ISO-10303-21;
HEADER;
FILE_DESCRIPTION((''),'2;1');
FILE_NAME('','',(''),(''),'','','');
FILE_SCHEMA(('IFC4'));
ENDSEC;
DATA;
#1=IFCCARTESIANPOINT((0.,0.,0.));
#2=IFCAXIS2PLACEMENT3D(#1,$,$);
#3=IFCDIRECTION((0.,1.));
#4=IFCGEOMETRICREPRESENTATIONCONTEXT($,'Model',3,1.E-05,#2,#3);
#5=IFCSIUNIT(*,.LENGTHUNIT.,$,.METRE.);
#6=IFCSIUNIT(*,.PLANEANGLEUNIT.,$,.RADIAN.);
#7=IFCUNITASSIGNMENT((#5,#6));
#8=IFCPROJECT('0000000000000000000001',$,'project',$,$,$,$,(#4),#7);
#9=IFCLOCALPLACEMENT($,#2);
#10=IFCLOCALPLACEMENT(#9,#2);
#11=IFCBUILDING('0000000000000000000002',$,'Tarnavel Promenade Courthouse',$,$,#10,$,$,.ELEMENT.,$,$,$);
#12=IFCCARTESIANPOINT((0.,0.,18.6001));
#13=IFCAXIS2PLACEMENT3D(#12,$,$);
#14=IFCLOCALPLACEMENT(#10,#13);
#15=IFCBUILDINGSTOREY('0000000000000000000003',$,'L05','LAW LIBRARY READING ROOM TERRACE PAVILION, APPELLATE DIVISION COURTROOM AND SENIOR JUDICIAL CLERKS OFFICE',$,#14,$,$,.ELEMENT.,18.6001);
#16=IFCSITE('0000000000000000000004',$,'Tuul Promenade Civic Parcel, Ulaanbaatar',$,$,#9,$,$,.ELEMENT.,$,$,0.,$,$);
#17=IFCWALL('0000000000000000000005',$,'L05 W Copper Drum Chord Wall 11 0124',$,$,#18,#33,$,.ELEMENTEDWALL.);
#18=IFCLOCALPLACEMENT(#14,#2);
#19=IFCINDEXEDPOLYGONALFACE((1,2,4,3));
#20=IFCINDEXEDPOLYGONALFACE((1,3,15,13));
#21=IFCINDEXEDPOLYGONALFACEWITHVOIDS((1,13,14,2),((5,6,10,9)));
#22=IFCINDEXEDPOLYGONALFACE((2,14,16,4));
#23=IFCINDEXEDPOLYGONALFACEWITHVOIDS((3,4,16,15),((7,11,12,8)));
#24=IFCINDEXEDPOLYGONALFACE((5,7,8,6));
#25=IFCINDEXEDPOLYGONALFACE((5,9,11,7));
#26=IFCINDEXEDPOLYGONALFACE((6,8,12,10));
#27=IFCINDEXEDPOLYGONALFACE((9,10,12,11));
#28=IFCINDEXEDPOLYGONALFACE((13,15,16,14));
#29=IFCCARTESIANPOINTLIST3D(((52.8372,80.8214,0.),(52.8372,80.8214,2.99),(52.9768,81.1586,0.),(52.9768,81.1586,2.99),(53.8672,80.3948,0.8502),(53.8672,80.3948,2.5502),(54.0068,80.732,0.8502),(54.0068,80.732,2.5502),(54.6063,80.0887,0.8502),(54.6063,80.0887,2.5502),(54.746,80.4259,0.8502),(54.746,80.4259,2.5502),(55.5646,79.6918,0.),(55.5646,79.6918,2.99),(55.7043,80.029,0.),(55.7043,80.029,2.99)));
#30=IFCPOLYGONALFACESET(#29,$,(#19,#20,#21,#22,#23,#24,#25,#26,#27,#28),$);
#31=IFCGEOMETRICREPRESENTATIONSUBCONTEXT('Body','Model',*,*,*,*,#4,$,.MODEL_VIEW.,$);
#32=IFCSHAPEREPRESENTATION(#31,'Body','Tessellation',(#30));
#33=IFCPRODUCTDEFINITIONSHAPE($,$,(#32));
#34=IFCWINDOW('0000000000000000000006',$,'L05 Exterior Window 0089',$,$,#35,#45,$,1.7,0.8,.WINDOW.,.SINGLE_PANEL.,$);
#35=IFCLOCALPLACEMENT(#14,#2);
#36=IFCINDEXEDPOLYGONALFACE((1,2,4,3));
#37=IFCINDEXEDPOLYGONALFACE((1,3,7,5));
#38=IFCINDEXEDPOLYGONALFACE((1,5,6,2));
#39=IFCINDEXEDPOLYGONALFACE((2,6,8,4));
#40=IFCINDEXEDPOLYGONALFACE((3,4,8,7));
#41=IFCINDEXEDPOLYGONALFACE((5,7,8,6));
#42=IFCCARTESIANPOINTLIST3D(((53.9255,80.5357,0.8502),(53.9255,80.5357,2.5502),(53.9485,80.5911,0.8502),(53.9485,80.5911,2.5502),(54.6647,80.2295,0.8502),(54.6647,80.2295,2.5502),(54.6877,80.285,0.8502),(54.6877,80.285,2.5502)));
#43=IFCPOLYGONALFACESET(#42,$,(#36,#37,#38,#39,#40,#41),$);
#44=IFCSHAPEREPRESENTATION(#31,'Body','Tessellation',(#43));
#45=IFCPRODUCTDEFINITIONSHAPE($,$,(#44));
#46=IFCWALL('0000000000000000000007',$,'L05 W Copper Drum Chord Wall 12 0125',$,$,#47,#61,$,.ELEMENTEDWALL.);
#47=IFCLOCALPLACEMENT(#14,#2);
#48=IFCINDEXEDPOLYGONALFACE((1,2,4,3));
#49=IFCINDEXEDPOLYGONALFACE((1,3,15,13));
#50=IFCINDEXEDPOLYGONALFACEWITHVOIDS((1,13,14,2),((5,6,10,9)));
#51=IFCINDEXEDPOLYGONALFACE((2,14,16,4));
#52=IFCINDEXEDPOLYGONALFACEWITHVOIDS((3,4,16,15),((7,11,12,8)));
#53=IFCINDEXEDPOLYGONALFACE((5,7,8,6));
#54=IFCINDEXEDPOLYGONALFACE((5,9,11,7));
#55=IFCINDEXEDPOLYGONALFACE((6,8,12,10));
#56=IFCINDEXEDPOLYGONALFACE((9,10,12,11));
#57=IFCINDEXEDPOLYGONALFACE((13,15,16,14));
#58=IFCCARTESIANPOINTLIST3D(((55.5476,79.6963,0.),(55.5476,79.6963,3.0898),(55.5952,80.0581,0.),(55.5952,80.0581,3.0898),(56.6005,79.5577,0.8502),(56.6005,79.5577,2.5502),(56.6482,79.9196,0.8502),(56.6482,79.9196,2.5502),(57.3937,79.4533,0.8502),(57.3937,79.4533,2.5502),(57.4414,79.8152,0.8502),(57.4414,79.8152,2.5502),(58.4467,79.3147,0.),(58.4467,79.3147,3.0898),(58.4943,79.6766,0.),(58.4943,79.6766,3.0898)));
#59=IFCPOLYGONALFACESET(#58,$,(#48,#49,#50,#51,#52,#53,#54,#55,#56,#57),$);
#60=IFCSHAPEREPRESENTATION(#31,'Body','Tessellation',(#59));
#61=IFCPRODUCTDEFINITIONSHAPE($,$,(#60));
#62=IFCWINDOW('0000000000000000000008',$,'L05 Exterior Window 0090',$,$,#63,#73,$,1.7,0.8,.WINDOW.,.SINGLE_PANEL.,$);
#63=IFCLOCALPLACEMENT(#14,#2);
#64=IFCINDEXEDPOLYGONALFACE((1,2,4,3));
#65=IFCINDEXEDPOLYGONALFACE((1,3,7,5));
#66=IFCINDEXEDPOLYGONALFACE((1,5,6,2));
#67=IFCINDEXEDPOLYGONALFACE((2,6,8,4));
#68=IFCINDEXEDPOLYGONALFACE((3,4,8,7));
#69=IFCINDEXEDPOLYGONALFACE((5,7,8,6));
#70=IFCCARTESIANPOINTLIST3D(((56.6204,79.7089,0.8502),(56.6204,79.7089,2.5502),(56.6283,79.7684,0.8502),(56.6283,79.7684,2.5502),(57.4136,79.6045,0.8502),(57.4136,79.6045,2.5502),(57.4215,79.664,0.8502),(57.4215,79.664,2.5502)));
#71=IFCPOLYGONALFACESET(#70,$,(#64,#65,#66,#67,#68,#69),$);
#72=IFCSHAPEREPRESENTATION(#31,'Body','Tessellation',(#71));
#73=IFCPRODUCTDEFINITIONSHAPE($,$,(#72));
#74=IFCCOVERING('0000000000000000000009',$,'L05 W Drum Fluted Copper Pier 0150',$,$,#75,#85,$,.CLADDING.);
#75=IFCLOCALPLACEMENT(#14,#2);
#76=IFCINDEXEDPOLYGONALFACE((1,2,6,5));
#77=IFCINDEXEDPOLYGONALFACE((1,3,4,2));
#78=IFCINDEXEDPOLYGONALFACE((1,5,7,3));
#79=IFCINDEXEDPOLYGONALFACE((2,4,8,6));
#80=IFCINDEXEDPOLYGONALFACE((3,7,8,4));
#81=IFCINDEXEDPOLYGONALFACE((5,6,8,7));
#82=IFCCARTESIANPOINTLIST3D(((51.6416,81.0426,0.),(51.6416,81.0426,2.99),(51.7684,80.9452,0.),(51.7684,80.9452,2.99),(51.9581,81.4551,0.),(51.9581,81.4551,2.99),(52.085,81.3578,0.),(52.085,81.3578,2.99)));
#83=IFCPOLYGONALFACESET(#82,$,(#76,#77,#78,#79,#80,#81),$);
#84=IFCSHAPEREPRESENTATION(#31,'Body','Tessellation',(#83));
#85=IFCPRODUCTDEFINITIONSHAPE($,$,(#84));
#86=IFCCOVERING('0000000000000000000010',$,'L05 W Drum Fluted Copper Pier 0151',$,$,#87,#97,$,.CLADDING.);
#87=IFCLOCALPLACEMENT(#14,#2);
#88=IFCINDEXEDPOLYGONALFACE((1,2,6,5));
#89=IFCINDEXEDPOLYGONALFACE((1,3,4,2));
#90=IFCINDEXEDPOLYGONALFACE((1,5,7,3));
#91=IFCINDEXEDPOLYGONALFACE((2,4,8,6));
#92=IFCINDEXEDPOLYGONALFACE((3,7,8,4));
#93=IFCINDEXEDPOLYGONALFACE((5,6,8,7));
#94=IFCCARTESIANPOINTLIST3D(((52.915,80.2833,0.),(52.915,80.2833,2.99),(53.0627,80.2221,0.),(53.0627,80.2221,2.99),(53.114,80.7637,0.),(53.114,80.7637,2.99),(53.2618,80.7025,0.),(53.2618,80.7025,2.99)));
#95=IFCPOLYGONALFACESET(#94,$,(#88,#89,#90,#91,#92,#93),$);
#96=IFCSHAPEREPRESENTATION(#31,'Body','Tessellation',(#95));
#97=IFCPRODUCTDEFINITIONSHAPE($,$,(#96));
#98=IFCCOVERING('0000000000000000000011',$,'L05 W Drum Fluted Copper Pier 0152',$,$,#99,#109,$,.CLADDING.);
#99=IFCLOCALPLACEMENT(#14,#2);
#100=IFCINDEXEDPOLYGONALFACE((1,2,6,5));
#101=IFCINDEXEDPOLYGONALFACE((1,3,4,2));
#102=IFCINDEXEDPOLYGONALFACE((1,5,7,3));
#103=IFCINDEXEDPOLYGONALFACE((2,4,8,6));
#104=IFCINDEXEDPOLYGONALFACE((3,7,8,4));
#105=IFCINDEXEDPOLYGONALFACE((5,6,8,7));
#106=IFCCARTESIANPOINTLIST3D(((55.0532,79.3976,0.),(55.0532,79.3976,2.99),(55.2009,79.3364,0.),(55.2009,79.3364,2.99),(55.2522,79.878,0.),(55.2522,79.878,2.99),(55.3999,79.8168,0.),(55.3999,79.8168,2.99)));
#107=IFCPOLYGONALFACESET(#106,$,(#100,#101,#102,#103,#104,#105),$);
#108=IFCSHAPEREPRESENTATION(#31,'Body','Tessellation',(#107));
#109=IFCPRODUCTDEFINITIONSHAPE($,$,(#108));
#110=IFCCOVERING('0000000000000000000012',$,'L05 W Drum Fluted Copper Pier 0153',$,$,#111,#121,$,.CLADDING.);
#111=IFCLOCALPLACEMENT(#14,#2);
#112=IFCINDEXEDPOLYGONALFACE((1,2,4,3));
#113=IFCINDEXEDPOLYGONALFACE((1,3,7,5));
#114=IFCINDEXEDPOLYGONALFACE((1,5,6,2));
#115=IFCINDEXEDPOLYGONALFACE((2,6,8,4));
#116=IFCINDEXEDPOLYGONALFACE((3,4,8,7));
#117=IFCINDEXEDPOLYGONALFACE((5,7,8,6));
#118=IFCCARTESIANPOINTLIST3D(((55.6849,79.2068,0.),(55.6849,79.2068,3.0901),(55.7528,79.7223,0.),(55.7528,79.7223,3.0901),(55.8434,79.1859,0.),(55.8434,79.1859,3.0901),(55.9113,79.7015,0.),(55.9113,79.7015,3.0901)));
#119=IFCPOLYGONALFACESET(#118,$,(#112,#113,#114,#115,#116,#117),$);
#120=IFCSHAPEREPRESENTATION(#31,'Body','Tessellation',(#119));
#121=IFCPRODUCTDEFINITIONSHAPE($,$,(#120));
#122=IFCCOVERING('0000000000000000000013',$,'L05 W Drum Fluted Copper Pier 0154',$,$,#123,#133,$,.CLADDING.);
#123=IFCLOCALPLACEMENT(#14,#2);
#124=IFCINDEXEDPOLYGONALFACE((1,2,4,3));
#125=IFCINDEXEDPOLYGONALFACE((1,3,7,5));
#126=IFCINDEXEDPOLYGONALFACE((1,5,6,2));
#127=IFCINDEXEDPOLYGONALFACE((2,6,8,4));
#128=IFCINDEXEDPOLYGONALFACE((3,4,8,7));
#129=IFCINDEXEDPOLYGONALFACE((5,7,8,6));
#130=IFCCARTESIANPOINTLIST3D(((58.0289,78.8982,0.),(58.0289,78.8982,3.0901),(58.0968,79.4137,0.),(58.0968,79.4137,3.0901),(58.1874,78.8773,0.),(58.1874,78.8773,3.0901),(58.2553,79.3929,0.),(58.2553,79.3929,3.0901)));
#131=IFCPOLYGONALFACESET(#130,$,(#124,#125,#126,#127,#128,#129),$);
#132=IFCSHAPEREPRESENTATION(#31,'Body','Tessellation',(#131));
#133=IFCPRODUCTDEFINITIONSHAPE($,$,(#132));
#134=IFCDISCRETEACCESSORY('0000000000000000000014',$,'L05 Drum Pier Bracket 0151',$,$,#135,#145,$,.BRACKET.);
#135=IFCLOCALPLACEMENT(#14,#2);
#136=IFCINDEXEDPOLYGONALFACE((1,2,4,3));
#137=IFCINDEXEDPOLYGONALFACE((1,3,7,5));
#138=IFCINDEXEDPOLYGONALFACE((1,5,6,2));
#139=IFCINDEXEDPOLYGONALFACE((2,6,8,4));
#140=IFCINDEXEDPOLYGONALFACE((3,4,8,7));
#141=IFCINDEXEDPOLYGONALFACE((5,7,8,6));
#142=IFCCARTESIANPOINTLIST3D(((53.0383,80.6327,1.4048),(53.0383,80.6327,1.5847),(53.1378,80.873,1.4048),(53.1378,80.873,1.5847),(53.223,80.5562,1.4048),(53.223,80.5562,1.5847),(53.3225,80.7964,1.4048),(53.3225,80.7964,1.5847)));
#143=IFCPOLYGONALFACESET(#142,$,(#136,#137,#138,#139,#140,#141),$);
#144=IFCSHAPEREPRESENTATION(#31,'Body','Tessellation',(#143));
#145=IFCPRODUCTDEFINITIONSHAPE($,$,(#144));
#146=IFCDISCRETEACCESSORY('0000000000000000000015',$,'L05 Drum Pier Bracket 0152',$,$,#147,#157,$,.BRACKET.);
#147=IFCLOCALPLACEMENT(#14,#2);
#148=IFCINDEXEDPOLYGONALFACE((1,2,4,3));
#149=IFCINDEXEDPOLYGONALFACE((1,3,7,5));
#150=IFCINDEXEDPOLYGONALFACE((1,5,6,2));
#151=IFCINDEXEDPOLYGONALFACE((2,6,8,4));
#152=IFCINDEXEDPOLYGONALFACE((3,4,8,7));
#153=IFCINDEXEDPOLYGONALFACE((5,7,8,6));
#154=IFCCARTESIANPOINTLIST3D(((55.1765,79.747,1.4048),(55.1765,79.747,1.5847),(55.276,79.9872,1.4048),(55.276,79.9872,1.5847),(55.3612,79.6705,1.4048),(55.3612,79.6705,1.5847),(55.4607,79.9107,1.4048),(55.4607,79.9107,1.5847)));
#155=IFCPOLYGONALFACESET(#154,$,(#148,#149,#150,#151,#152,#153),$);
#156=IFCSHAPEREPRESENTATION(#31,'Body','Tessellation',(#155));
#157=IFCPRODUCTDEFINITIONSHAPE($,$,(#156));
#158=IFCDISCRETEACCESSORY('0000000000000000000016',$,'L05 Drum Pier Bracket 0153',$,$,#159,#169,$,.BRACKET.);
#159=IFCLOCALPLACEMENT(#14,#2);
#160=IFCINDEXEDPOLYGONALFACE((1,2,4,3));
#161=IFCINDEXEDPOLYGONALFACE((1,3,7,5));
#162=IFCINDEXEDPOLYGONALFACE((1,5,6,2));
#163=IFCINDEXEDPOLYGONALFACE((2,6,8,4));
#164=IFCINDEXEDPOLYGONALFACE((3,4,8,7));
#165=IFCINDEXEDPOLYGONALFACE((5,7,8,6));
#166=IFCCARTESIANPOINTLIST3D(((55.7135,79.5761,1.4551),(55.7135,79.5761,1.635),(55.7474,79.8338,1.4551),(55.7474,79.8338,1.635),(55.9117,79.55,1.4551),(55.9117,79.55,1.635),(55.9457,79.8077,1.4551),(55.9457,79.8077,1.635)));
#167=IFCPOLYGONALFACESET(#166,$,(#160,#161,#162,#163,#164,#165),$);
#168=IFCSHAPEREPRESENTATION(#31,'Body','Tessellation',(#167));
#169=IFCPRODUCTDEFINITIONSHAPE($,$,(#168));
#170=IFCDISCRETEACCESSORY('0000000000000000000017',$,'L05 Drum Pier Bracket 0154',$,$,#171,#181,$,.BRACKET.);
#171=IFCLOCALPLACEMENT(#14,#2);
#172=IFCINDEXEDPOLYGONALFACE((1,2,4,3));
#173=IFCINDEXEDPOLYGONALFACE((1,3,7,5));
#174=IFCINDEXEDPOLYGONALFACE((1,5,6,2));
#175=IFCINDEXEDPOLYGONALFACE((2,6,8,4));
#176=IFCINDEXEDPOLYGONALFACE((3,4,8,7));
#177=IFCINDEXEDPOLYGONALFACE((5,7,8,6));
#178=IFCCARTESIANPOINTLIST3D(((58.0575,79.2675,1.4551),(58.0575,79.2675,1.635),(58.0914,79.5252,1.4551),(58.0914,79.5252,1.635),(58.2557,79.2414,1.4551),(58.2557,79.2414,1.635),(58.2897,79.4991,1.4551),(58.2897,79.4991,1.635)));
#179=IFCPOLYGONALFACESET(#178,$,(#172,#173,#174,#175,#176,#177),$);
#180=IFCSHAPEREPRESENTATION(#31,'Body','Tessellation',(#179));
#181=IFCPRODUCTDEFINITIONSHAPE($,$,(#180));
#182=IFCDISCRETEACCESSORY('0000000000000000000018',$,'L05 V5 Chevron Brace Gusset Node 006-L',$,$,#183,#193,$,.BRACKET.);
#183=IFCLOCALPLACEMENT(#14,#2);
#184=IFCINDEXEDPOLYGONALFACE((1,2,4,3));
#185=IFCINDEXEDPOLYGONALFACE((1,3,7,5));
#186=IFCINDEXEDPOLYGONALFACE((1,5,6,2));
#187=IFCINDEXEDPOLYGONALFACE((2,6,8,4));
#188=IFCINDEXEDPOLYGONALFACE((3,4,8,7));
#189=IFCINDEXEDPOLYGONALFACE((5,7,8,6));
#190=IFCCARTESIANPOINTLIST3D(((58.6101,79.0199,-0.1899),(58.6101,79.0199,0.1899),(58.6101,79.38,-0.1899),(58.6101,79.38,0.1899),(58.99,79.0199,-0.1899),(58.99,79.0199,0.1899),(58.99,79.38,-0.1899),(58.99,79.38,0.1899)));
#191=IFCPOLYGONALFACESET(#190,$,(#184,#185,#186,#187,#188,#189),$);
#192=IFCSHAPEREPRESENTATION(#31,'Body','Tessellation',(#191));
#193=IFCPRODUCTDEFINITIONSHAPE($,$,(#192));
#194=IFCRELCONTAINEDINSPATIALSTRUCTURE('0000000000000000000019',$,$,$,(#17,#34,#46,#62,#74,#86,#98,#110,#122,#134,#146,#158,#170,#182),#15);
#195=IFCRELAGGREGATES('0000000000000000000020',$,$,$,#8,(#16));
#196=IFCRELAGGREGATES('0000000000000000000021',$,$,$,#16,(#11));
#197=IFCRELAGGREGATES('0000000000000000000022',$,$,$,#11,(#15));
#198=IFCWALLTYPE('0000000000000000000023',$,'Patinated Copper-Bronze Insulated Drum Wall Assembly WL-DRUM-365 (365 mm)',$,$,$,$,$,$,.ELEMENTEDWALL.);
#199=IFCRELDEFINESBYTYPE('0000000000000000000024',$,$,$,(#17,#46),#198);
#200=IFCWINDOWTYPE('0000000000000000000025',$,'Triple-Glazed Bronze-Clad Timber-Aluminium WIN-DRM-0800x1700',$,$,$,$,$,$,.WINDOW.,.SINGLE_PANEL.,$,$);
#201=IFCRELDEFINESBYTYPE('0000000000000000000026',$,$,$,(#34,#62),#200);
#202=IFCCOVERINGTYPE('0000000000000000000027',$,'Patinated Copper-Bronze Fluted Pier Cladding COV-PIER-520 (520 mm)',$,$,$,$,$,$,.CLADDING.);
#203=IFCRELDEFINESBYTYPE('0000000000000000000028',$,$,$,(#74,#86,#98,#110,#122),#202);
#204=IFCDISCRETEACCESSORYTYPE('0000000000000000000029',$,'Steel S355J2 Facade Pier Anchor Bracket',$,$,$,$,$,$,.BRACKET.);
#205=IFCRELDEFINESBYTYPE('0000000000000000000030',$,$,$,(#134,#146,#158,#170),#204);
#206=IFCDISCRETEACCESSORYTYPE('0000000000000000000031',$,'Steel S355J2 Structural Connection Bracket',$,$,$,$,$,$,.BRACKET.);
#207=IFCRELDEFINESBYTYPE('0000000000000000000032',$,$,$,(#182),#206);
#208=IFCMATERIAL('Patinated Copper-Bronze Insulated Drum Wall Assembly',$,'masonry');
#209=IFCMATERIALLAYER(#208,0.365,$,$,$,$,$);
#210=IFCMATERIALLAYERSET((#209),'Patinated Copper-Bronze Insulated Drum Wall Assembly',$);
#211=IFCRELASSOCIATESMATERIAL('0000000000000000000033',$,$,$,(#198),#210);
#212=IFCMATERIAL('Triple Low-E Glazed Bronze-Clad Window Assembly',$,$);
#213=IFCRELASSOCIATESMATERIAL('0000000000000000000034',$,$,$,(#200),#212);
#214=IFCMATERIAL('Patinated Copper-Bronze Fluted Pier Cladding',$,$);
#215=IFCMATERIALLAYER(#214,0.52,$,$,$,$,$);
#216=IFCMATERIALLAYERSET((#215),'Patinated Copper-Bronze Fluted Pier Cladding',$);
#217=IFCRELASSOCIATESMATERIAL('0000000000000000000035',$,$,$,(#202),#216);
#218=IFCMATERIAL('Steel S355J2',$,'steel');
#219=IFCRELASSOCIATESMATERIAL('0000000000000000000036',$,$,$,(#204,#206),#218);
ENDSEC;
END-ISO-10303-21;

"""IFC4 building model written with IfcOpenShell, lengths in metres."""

from ifc_helpers import new_model, si_unit, direction, frame, frame_2d, origin, origin_2d, place, context, subcontext, project, spatial, rectangle, extrude, material, layer, layer_set, type_object, element, fill, save


model = new_model("IFC4")

# Units and contexts
model_context = context("Model", 3, precision=1e-05, world=origin(), true_north=direction((0.0, 1.0)))
body_context = subcontext(model_context, "Body", "Model", "MODEL_VIEW")
ifc_project = project(units=[si_unit("LENGTHUNIT", "METRE"), si_unit("PLANEANGLEUNIT", "RADIAN")], contexts=[model_context])

# Site, building, storey
site_placement = place(None, origin())
site = spatial("IfcSite", under=ifc_project, at=site_placement, Name="Tuul Promenade Civic Parcel, Ulaanbaatar", CompositionType="ELEMENT", RefElevation=0.0)
building_placement = place(site_placement, origin())
building = spatial("IfcBuilding", under=site, at=building_placement, Name="Tarnavel Promenade Courthouse", CompositionType="ELEMENT")
storey_placement = place(building_placement, frame((0.0, 0.0, 18.6001)))
storey = spatial("IfcBuildingStorey", under=building, at=storey_placement, Name="L05", Description="LAW LIBRARY READING ROOM TERRACE PAVILION, APPELLATE DIVISION COURTROOM AND SENIOR JUDICIAL CLERKS OFFICE", CompositionType="ELEMENT", Elevation=18.6001)

# Shared definitions
ifc_material_1 = material(Name="Steel S355J2", Category="steel")

# Walls, openings, windows
ifc_material_2 = material(Name="Patinated Copper-Bronze Insulated Drum Wall Assembly", Category="masonry")
ifc_layer_1 = layer(ifc_material_2, 0.365)
ifc_layer_set_1 = layer_set([ifc_layer_1], Name="Patinated Copper-Bronze Insulated Drum Wall Assembly")
wall_type_1 = type_object("IfcWallType", Name="Patinated Copper-Bronze Insulated Drum Wall Assembly WL-DRUM-365 (365 mm)", PredefinedType="ELEMENTEDWALL", material=ifc_layer_set_1)
wall_1_placement = place(storey_placement, frame((52.907, 80.99, 0.0), z_axis=(0.0, 0.0, 1.0), x_axis=(0.923897, -0.382642, 0.0)))
wall_1 = element("IfcWall", 1, at=wall_1_placement, inside=storey, type_object=wall_type_1, Name="L05 W Copper Drum Chord Wall 11 0124", PredefinedType="ELEMENTEDWALL", context=body_context, shape_type="SweptSolid", body=[
    extrude(rectangle(XDim=2.9521, YDim=0.365, at=frame_2d((1.4761, 0.0))), origin(), (0.0, 0.0, 1.0), 2.99),
])
opening_1_placement = place(wall_1_placement, frame((1.115, 0.0, 0.8501)))
opening_1 = element("IfcOpeningElement", 2, at=opening_1_placement, cuts=wall_1, PredefinedType="OPENING", context=body_context, shape_type="SweptSolid", body=[
    extrude(rectangle(XDim=0.8, YDim=1.7, at=frame_2d((0.3999, 0.8501))), frame((0.0, 0.1924, 0.0), z_axis=(0.0, -1.0, 0.0), x_axis=(1.0, 0.0, 0.0)), (0.0, 0.0, 1.0), 0.385),
])
ifc_material_3 = material(Name="Triple Low-E Glazed Bronze-Clad Window Assembly")
window_type = type_object("IfcWindowType", Name="Triple-Glazed Bronze-Clad Timber-Aluminium WIN-DRM-0800x1700", PartitioningType="SINGLE_PANEL", PredefinedType="WINDOW", material=ifc_material_3)
window_1_placement = place(opening_1_placement, origin())
window_1 = element("IfcWindow", 3, at=window_1_placement, inside=storey, type_object=window_type, Name="L05 Exterior Window 0089", OverallHeight=1.7, OverallWidth=0.8, PartitioningType="SINGLE_PANEL", PredefinedType="WINDOW", context=body_context, shape_type="SweptSolid", body=[
    extrude(rectangle(XDim=0.8, YDim=1.7, at=frame_2d((0.3999, 0.8501))), frame((0.0, 0.03, 0.0), z_axis=(0.0, -1.0, 0.0), x_axis=(1.0, 0.0, 0.0)), (0.0, 0.0, 1.0), 0.0601),
])
fill(opening_1, window_1)
wall_2_placement = place(storey_placement, frame((55.5715, 79.8772, 0.0), z_axis=(0.0, 0.0, 1.0), x_axis=(0.991449, -0.130496, 0.0)))
wall_2 = element("IfcWall", 4, at=wall_2_placement, inside=storey, type_object=wall_type_1, Name="L05 W Copper Drum Chord Wall 12 0125", PredefinedType="ELEMENTEDWALL", context=body_context, shape_type="SweptSolid", body=[
    extrude(rectangle(XDim=2.9241, YDim=0.365, at=frame_2d((1.4619, 0.0))), origin(), (0.0, 0.0, 1.0), 3.0898),
])
opening_2_placement = place(wall_2_placement, frame((1.062, 0.0, 0.8501)))
opening_2 = element("IfcOpeningElement", 5, at=opening_2_placement, cuts=wall_2, PredefinedType="OPENING", context=body_context, shape_type="SweptSolid", body=[
    extrude(rectangle(XDim=0.8, YDim=1.7, at=frame_2d((0.3999, 0.8501))), frame((0.0, 0.1924, 0.0), z_axis=(0.0, -1.0, 0.0), x_axis=(1.0, 0.0, 0.0)), (0.0, 0.0, 1.0), 0.385),
])
window_2_placement = place(opening_2_placement, origin())
window_2 = element("IfcWindow", 6, at=window_2_placement, inside=storey, type_object=window_type, Name="L05 Exterior Window 0090", OverallHeight=1.7, OverallWidth=0.8, PartitioningType="SINGLE_PANEL", PredefinedType="WINDOW", context=body_context, shape_type="SweptSolid", body=[
    extrude(rectangle(XDim=0.8, YDim=1.7, at=frame_2d((0.3999, 0.8501))), frame((0.0, 0.03, 0.0), z_axis=(0.0, -1.0, 0.0), x_axis=(1.0, 0.0, 0.0)), (0.0, 0.0, 1.0), 0.0601),
])
fill(opening_2, window_2)

# Coverings
ifc_material_4 = material(Name="Patinated Copper-Bronze Fluted Pier Cladding")
ifc_layer_2 = layer(ifc_material_4, 0.52)
ifc_layer_set_2 = layer_set([ifc_layer_2], Name="Patinated Copper-Bronze Fluted Pier Cladding")
covering_type = type_object("IfcCoveringType", Name="Patinated Copper-Bronze Fluted Pier Cladding COV-PIER-520 (520 mm)", PredefinedType="CLADDING", material=ifc_layer_set_2)
for number, where, z_axis, x_axis, name in (
    (7, (51.8633, 81.2002, 0.0), (0.0, 0.0, 1.0), (0.793353, -0.608761, 0.0), "L05 W Drum Fluted Copper Pier 0150"),
    (8, (53.0884, 80.4929, 0.0), (0.0, 0.0, 1.0), (0.92388, -0.382683, 0.0), "L05 W Drum Fluted Copper Pier 0151"),
    (9, (55.2266, 79.6072, 0.0), (0.0, 0.0, 1.0), (0.92388, -0.382683, 0.0), "L05 W Drum Fluted Copper Pier 0152"),
):
    element("IfcCovering", number, at=place(storey_placement, frame(where, z_axis=z_axis, x_axis=x_axis)), inside=storey, type_object=covering_type, Name=name, PredefinedType="CLADDING", context=body_context, shape_type="SweptSolid", body=[
        extrude(rectangle(XDim=0.1599, YDim=0.52, at=origin_2d()), origin(), (0.0, 0.0, 1.0), 2.99),
    ])
for number, where, z_axis, x_axis, name in (
    (10, (55.7981, 79.4541, 0.0), (0.0, 0.0, 1.0), (0.991445, -0.130526, 0.0), "L05 W Drum Fluted Copper Pier 0153"),
    (11, (58.1421, 79.1455, 0.0), (0.0, 0.0, 1.0), (0.991445, -0.130526, 0.0), "L05 W Drum Fluted Copper Pier 0154"),
):
    element("IfcCovering", number, at=place(storey_placement, frame(where, z_axis=z_axis, x_axis=x_axis)), inside=storey, type_object=covering_type, Name=name, PredefinedType="CLADDING", context=body_context, shape_type="SweptSolid", body=[
        extrude(rectangle(XDim=0.1599, YDim=0.52, at=origin_2d()), origin(), (0.0, 0.0, 1.0), 3.0901),
    ])

# Discrete accessories
discrete_accessory_type_1 = type_object("IfcDiscreteAccessoryType", Name="Steel S355J2 Facade Pier Anchor Bracket", PredefinedType="BRACKET", material=ifc_material_1)
for number, where, z_axis, x_axis, name in (
    (12, (53.1804, 80.7146, 1.4048), (0.0, 0.0, 1.0), (0.92388, -0.382683, 0.0), "L05 Drum Pier Bracket 0151"),
    (13, (55.3186, 79.8289, 1.4048), (0.0, 0.0, 1.0), (0.92388, -0.382683, 0.0), "L05 Drum Pier Bracket 0152"),
    (14, (55.8296, 79.6919, 1.4551), (0.0, 0.0, 1.0), (0.991445, -0.130526, 0.0), "L05 Drum Pier Bracket 0153"),
    (15, (58.1736, 79.3833, 1.4551), (0.0, 0.0, 1.0), (0.991445, -0.130526, 0.0), "L05 Drum Pier Bracket 0154"),
):
    element("IfcDiscreteAccessory", number, at=place(storey_placement, frame(where, z_axis=z_axis, x_axis=x_axis)), inside=storey, type_object=discrete_accessory_type_1, Name=name, PredefinedType="BRACKET", context=body_context, shape_type="SweptSolid", body=[
        extrude(rectangle(XDim=0.2, YDim=0.26, at=origin_2d()), origin(), (0.0, 0.0, 1.0), 0.1799),
    ])
discrete_accessory_type_2 = type_object("IfcDiscreteAccessoryType", Name="Steel S355J2 Structural Connection Bracket", PredefinedType="BRACKET", material=ifc_material_1)
discrete_accessory_placement = place(storey_placement, frame((58.8, 79.2, -0.1899), z_axis=(0.0, 0.0, 1.0), x_axis=(1.0, 0.0, 0.0)))
element("IfcDiscreteAccessory", 16, at=discrete_accessory_placement, inside=storey, type_object=discrete_accessory_type_2, Name="L05 V5 Chevron Brace Gusset Node 006-L", PredefinedType="BRACKET", context=body_context, shape_type="SweptSolid", body=[
    extrude(rectangle(XDim=0.3799, YDim=0.3601, at=origin_2d()), origin(), (0.0, 0.0, 1.0), 0.3799),
])

save(model, "model.ifc")
